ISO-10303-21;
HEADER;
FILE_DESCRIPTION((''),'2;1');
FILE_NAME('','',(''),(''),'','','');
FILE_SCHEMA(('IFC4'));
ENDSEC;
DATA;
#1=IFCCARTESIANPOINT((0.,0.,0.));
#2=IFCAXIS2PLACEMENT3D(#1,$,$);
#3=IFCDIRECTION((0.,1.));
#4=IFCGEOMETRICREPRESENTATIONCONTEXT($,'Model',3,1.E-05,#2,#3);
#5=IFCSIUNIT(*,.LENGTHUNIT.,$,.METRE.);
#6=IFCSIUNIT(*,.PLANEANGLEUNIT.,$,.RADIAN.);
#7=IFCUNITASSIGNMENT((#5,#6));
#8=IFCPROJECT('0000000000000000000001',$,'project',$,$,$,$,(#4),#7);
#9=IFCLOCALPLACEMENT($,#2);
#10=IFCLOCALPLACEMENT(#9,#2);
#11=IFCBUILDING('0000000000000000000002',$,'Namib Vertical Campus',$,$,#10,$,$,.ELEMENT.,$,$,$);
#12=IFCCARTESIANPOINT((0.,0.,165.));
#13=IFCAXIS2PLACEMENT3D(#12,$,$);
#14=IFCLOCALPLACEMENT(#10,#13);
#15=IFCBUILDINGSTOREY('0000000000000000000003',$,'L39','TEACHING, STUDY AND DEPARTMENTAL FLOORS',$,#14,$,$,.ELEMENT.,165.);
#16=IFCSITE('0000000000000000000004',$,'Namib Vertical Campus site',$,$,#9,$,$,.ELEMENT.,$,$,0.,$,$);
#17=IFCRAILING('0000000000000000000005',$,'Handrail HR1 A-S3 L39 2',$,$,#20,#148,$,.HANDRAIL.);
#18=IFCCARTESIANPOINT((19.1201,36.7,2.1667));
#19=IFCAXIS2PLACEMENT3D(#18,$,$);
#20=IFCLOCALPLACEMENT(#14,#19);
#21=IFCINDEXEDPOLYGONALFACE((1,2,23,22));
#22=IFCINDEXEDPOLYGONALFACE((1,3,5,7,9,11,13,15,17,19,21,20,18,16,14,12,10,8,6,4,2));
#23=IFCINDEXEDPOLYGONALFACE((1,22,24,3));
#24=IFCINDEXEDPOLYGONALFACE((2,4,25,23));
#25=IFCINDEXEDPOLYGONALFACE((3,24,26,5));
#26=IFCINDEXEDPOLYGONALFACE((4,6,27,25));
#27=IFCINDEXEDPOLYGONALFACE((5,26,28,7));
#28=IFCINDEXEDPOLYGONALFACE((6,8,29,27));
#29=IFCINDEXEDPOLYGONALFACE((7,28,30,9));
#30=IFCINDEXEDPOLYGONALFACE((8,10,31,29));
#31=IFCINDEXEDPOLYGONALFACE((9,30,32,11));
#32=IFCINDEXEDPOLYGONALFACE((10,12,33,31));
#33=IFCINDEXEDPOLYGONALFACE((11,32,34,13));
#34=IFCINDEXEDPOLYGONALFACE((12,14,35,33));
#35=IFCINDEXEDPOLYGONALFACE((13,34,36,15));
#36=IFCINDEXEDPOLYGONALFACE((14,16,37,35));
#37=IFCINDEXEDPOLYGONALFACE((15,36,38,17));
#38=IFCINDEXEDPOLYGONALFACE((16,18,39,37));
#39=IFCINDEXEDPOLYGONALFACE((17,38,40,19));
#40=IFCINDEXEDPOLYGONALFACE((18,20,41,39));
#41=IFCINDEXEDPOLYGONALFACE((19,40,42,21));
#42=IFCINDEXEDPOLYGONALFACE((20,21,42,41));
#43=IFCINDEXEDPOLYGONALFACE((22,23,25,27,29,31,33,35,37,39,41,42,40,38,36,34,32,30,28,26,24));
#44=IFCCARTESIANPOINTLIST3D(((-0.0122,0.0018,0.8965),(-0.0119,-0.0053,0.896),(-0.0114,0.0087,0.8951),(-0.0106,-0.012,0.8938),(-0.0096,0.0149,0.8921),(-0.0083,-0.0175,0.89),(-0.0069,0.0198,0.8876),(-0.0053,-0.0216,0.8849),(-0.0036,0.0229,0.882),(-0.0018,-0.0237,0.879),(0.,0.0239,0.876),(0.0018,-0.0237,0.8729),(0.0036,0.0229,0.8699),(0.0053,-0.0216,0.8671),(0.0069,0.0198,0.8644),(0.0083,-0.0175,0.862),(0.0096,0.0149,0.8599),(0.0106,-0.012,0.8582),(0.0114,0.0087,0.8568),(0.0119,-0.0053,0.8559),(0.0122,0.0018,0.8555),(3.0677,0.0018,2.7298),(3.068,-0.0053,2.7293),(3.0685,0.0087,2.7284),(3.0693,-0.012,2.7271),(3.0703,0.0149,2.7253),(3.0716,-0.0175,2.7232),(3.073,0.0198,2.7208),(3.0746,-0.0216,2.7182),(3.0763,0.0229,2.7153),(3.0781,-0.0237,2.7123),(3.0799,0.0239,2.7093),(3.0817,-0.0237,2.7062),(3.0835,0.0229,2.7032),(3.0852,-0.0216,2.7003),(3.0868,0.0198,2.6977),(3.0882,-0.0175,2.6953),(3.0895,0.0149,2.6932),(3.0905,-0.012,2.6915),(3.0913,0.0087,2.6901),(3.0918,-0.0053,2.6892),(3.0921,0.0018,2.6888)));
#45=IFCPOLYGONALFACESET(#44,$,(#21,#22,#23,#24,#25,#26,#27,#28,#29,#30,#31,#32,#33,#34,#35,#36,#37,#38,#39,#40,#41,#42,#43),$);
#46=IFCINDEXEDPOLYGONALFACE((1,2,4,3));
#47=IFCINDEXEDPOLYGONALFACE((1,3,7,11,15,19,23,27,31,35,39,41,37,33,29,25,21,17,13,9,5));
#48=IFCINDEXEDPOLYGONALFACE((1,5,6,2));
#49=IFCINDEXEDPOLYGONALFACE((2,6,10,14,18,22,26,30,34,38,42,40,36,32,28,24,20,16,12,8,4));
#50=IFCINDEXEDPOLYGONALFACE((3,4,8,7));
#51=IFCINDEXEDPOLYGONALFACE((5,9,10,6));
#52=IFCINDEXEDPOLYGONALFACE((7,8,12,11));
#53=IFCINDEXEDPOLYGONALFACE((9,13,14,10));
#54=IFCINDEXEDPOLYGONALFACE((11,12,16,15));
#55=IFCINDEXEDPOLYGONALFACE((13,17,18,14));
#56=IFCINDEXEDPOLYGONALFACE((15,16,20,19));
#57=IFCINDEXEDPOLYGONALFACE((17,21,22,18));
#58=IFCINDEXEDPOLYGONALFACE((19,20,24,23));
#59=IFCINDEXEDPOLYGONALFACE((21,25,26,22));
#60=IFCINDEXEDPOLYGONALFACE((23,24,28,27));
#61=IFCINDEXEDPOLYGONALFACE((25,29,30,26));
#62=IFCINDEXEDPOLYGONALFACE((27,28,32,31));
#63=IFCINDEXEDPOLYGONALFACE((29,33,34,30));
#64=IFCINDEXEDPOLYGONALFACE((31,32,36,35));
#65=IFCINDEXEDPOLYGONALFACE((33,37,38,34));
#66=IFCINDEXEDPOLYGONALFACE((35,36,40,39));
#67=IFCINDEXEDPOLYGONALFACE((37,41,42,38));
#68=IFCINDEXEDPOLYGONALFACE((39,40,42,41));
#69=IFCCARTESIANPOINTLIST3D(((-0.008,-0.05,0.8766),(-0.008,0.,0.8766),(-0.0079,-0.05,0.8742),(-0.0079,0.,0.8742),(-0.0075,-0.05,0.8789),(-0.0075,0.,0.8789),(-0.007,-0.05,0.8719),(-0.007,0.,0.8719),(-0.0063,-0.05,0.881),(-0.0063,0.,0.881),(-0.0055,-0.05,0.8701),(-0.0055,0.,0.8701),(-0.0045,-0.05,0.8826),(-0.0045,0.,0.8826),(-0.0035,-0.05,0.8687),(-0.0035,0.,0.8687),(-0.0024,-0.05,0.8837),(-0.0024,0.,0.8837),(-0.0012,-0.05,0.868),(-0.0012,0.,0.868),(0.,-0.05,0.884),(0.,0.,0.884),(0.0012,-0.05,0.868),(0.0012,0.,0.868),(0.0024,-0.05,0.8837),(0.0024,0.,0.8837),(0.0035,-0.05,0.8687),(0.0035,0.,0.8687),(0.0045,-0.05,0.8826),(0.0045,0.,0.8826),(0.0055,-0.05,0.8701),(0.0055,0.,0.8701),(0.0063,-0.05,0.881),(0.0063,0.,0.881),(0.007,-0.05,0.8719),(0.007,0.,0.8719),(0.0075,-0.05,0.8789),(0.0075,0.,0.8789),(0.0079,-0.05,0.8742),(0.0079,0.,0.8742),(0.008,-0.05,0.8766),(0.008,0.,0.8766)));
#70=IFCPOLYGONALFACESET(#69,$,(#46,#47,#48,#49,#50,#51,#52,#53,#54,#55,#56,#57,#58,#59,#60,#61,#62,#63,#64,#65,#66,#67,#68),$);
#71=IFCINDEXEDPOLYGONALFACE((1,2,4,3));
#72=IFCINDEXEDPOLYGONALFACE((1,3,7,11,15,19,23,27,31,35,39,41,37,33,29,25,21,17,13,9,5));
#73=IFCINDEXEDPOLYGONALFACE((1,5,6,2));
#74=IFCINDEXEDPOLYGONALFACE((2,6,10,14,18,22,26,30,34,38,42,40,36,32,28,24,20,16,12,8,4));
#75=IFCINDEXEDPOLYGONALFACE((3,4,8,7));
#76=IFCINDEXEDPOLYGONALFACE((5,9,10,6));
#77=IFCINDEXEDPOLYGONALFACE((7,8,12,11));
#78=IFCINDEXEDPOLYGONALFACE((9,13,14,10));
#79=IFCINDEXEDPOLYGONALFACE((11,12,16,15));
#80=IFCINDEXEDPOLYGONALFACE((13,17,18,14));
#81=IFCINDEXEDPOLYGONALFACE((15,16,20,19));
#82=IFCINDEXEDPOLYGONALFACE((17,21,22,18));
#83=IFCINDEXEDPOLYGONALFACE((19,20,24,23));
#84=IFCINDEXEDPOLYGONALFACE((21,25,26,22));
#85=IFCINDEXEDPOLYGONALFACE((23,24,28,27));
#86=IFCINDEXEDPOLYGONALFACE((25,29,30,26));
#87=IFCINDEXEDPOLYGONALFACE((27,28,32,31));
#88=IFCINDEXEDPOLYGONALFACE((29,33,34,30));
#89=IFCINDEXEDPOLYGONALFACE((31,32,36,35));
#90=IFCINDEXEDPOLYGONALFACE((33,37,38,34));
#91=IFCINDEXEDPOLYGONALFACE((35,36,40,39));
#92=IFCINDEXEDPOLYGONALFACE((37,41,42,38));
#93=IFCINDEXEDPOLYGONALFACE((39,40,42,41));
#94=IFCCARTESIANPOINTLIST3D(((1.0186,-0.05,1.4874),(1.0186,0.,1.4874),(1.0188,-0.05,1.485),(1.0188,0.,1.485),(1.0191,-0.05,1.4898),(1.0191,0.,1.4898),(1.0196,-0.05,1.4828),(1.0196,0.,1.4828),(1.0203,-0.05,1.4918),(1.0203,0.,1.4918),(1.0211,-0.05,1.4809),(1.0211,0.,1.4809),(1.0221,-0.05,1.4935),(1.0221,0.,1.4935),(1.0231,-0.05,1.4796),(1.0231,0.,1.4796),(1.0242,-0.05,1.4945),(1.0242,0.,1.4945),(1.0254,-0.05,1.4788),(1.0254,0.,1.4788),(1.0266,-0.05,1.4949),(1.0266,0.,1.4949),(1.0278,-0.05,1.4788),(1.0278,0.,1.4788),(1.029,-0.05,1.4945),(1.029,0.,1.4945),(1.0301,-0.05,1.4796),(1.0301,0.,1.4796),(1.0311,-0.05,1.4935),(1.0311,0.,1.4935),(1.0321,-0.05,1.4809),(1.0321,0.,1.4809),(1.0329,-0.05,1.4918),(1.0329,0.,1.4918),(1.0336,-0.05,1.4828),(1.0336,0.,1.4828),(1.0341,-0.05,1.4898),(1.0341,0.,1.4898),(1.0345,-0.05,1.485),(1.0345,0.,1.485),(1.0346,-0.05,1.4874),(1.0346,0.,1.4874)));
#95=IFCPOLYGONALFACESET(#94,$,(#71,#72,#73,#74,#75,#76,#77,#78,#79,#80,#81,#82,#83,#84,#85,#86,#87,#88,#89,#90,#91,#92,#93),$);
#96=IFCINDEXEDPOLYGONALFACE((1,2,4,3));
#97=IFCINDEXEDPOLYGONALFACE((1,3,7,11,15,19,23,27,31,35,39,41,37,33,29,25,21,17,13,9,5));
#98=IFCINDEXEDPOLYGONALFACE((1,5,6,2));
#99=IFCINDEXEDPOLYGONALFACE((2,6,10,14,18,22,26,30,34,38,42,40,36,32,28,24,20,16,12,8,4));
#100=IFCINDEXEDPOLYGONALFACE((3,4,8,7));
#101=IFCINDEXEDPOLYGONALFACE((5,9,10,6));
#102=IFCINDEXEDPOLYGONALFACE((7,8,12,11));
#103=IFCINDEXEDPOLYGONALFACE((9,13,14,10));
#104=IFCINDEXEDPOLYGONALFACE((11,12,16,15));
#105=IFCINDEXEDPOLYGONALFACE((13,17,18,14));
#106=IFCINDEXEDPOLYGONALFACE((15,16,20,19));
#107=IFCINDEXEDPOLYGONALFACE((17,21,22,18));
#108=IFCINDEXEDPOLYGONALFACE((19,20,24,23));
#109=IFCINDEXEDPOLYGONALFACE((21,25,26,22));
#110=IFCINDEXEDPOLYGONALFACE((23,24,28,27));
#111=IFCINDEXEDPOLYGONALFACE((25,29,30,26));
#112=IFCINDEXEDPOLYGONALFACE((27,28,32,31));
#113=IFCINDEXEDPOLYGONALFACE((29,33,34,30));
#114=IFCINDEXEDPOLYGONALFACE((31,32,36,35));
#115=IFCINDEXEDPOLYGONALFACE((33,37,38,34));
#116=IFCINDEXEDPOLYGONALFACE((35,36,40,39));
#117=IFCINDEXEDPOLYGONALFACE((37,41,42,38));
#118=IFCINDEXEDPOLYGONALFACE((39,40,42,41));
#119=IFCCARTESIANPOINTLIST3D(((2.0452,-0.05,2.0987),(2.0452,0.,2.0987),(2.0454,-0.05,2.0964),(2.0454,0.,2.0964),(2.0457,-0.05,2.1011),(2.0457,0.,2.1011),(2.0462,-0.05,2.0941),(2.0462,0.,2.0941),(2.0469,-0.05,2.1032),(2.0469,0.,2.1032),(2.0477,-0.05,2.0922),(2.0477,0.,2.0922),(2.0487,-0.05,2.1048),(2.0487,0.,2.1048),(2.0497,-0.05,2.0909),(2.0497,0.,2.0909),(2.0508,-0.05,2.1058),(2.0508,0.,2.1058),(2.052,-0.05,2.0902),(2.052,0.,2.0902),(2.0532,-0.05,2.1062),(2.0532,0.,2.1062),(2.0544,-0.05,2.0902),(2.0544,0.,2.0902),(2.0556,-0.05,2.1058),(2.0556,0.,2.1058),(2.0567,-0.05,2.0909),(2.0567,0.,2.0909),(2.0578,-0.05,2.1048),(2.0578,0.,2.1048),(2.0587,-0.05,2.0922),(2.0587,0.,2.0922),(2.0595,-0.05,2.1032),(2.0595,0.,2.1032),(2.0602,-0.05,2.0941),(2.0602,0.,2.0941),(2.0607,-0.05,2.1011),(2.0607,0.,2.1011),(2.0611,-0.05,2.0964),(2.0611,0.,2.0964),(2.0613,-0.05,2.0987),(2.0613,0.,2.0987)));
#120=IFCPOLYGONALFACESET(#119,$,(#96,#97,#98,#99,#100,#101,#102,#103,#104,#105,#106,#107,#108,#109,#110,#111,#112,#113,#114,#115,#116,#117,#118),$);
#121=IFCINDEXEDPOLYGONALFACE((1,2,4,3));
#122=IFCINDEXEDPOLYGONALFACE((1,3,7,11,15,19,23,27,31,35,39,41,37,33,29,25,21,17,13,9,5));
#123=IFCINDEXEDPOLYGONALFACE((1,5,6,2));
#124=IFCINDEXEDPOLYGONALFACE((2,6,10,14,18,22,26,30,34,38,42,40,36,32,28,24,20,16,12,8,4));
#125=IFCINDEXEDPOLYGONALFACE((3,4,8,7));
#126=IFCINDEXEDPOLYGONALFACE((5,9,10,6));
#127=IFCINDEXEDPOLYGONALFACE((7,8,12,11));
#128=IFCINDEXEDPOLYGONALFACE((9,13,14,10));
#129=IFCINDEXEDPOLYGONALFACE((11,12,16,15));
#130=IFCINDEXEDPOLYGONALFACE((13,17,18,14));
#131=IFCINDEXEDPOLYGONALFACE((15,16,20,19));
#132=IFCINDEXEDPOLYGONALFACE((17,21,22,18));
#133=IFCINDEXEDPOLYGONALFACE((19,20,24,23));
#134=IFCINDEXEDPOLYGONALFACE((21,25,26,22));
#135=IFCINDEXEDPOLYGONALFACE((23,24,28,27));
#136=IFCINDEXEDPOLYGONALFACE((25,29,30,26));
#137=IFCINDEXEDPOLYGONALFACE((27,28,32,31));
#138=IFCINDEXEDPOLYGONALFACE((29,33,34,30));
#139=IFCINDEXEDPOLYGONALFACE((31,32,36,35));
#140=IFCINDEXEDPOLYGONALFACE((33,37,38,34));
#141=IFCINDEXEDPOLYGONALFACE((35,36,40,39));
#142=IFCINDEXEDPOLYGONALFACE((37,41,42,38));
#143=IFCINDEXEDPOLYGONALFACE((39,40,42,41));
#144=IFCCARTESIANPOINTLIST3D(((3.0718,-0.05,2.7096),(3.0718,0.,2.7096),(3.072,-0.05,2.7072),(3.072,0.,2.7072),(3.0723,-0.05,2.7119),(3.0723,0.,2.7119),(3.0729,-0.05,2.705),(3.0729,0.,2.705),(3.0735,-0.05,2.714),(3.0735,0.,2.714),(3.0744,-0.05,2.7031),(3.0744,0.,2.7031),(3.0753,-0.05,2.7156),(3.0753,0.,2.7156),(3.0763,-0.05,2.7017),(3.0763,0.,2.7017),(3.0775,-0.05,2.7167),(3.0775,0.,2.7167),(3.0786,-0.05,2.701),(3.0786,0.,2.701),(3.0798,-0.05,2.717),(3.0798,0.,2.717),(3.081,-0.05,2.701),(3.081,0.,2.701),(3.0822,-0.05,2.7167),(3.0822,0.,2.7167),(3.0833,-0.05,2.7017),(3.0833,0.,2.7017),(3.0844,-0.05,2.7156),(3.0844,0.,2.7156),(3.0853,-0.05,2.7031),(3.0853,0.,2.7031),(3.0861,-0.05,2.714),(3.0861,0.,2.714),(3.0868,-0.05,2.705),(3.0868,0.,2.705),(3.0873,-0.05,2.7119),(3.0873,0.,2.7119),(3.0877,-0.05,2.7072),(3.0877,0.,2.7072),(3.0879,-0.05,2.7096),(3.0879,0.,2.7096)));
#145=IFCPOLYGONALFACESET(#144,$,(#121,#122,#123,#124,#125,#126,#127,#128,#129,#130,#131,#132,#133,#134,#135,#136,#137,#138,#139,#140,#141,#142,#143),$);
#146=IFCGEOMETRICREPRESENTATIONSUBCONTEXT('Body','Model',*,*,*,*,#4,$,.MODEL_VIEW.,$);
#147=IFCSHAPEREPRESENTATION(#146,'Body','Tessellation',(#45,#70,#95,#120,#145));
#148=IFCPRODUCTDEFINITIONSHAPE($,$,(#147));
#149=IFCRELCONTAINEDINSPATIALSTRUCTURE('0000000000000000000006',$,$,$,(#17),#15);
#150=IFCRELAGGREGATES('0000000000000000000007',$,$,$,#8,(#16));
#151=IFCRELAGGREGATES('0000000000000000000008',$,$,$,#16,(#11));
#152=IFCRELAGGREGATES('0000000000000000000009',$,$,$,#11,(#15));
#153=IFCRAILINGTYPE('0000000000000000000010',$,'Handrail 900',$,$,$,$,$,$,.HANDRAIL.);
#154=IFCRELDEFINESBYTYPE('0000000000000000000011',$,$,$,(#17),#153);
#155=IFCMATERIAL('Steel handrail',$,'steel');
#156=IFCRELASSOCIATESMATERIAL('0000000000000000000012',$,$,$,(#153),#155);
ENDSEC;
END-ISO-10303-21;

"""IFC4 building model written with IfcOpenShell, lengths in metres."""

from ifc_helpers import new_model, si_unit, direction, frame, origin, origin_2d, place, context, subcontext, project, spatial, circle, extrude, material, type_object, element, save


model = new_model("IFC4")

# Units and contexts
model_context = context("Model", 3, precision=1e-05, world=origin(), true_north=direction((0.0, 1.0)))
body_context = subcontext(model_context, "Body", "Model", "MODEL_VIEW")
ifc_project = project(units=[si_unit("LENGTHUNIT", "METRE"), si_unit("PLANEANGLEUNIT", "RADIAN")], contexts=[model_context])

# Site, building, storey
site_placement = place(None, origin())
site = spatial("IfcSite", under=ifc_project, at=site_placement, Name="Namib Vertical Campus site", CompositionType="ELEMENT", RefElevation=0.0)
building_placement = place(site_placement, origin())
building = spatial("IfcBuilding", under=site, at=building_placement, Name="Namib Vertical Campus", CompositionType="ELEMENT")
storey_placement = place(building_placement, frame((0.0, 0.0, 165.0)))
storey = spatial("IfcBuildingStorey", under=building, at=storey_placement, Name="L39", Description="TEACHING, STUDY AND DEPARTMENTAL FLOORS", CompositionType="ELEMENT", Elevation=165.0)

# Railing
ifc_material_1 = material(Name="Steel handrail", Category="steel")
railing_type_1 = type_object("IfcRailingType", Name="Handrail 900", PredefinedType="HANDRAIL", material=ifc_material_1)
railing_1_placement = place(storey_placement, frame((19.1201, 36.7, 2.1667)))
element("IfcRailing", 1, at=railing_1_placement, inside=storey, type_object=railing_type_1, Name="Handrail HR1 A-S3 L39 2", PredefinedType="HANDRAIL", context=body_context, shape_type="SweptSolid", body=[
    extrude(circle(Radius=0.0239, at=origin_2d()), frame((0.0, 0.0, 0.876), z_axis=(0.859291, 0.0, 0.511487), x_axis=(0.0, 1.0, 0.0)), (0.0, 0.0, 1.0), 3.5842),
    extrude(circle(Radius=0.0081, at=origin_2d()), frame((0.0, 0.0, 0.876), z_axis=(0.0, -1.0, 0.0), x_axis=(0.0, 0.0, 1.0)), (0.0, 0.0, 1.0), 0.05),
    extrude(circle(Radius=0.0081, at=origin_2d()), frame((1.0266, 0.0, 1.4868), z_axis=(0.0, -1.0, 0.0), x_axis=(0.0, 0.0, 1.0)), (0.0, 0.0, 1.0), 0.05),
    extrude(circle(Radius=0.0081, at=origin_2d()), frame((2.0532, 0.0, 2.0981), z_axis=(0.0, -1.0, 0.0), x_axis=(0.0, 0.0, 1.0)), (0.0, 0.0, 1.0), 0.05),
    extrude(circle(Radius=0.0081, at=origin_2d()), frame((3.0798, 0.0, 2.709), z_axis=(0.0, -1.0, 0.0), x_axis=(0.0, 0.0, 1.0)), (0.0, 0.0, 1.0), 0.05),
])

save(model, "model.ifc")
